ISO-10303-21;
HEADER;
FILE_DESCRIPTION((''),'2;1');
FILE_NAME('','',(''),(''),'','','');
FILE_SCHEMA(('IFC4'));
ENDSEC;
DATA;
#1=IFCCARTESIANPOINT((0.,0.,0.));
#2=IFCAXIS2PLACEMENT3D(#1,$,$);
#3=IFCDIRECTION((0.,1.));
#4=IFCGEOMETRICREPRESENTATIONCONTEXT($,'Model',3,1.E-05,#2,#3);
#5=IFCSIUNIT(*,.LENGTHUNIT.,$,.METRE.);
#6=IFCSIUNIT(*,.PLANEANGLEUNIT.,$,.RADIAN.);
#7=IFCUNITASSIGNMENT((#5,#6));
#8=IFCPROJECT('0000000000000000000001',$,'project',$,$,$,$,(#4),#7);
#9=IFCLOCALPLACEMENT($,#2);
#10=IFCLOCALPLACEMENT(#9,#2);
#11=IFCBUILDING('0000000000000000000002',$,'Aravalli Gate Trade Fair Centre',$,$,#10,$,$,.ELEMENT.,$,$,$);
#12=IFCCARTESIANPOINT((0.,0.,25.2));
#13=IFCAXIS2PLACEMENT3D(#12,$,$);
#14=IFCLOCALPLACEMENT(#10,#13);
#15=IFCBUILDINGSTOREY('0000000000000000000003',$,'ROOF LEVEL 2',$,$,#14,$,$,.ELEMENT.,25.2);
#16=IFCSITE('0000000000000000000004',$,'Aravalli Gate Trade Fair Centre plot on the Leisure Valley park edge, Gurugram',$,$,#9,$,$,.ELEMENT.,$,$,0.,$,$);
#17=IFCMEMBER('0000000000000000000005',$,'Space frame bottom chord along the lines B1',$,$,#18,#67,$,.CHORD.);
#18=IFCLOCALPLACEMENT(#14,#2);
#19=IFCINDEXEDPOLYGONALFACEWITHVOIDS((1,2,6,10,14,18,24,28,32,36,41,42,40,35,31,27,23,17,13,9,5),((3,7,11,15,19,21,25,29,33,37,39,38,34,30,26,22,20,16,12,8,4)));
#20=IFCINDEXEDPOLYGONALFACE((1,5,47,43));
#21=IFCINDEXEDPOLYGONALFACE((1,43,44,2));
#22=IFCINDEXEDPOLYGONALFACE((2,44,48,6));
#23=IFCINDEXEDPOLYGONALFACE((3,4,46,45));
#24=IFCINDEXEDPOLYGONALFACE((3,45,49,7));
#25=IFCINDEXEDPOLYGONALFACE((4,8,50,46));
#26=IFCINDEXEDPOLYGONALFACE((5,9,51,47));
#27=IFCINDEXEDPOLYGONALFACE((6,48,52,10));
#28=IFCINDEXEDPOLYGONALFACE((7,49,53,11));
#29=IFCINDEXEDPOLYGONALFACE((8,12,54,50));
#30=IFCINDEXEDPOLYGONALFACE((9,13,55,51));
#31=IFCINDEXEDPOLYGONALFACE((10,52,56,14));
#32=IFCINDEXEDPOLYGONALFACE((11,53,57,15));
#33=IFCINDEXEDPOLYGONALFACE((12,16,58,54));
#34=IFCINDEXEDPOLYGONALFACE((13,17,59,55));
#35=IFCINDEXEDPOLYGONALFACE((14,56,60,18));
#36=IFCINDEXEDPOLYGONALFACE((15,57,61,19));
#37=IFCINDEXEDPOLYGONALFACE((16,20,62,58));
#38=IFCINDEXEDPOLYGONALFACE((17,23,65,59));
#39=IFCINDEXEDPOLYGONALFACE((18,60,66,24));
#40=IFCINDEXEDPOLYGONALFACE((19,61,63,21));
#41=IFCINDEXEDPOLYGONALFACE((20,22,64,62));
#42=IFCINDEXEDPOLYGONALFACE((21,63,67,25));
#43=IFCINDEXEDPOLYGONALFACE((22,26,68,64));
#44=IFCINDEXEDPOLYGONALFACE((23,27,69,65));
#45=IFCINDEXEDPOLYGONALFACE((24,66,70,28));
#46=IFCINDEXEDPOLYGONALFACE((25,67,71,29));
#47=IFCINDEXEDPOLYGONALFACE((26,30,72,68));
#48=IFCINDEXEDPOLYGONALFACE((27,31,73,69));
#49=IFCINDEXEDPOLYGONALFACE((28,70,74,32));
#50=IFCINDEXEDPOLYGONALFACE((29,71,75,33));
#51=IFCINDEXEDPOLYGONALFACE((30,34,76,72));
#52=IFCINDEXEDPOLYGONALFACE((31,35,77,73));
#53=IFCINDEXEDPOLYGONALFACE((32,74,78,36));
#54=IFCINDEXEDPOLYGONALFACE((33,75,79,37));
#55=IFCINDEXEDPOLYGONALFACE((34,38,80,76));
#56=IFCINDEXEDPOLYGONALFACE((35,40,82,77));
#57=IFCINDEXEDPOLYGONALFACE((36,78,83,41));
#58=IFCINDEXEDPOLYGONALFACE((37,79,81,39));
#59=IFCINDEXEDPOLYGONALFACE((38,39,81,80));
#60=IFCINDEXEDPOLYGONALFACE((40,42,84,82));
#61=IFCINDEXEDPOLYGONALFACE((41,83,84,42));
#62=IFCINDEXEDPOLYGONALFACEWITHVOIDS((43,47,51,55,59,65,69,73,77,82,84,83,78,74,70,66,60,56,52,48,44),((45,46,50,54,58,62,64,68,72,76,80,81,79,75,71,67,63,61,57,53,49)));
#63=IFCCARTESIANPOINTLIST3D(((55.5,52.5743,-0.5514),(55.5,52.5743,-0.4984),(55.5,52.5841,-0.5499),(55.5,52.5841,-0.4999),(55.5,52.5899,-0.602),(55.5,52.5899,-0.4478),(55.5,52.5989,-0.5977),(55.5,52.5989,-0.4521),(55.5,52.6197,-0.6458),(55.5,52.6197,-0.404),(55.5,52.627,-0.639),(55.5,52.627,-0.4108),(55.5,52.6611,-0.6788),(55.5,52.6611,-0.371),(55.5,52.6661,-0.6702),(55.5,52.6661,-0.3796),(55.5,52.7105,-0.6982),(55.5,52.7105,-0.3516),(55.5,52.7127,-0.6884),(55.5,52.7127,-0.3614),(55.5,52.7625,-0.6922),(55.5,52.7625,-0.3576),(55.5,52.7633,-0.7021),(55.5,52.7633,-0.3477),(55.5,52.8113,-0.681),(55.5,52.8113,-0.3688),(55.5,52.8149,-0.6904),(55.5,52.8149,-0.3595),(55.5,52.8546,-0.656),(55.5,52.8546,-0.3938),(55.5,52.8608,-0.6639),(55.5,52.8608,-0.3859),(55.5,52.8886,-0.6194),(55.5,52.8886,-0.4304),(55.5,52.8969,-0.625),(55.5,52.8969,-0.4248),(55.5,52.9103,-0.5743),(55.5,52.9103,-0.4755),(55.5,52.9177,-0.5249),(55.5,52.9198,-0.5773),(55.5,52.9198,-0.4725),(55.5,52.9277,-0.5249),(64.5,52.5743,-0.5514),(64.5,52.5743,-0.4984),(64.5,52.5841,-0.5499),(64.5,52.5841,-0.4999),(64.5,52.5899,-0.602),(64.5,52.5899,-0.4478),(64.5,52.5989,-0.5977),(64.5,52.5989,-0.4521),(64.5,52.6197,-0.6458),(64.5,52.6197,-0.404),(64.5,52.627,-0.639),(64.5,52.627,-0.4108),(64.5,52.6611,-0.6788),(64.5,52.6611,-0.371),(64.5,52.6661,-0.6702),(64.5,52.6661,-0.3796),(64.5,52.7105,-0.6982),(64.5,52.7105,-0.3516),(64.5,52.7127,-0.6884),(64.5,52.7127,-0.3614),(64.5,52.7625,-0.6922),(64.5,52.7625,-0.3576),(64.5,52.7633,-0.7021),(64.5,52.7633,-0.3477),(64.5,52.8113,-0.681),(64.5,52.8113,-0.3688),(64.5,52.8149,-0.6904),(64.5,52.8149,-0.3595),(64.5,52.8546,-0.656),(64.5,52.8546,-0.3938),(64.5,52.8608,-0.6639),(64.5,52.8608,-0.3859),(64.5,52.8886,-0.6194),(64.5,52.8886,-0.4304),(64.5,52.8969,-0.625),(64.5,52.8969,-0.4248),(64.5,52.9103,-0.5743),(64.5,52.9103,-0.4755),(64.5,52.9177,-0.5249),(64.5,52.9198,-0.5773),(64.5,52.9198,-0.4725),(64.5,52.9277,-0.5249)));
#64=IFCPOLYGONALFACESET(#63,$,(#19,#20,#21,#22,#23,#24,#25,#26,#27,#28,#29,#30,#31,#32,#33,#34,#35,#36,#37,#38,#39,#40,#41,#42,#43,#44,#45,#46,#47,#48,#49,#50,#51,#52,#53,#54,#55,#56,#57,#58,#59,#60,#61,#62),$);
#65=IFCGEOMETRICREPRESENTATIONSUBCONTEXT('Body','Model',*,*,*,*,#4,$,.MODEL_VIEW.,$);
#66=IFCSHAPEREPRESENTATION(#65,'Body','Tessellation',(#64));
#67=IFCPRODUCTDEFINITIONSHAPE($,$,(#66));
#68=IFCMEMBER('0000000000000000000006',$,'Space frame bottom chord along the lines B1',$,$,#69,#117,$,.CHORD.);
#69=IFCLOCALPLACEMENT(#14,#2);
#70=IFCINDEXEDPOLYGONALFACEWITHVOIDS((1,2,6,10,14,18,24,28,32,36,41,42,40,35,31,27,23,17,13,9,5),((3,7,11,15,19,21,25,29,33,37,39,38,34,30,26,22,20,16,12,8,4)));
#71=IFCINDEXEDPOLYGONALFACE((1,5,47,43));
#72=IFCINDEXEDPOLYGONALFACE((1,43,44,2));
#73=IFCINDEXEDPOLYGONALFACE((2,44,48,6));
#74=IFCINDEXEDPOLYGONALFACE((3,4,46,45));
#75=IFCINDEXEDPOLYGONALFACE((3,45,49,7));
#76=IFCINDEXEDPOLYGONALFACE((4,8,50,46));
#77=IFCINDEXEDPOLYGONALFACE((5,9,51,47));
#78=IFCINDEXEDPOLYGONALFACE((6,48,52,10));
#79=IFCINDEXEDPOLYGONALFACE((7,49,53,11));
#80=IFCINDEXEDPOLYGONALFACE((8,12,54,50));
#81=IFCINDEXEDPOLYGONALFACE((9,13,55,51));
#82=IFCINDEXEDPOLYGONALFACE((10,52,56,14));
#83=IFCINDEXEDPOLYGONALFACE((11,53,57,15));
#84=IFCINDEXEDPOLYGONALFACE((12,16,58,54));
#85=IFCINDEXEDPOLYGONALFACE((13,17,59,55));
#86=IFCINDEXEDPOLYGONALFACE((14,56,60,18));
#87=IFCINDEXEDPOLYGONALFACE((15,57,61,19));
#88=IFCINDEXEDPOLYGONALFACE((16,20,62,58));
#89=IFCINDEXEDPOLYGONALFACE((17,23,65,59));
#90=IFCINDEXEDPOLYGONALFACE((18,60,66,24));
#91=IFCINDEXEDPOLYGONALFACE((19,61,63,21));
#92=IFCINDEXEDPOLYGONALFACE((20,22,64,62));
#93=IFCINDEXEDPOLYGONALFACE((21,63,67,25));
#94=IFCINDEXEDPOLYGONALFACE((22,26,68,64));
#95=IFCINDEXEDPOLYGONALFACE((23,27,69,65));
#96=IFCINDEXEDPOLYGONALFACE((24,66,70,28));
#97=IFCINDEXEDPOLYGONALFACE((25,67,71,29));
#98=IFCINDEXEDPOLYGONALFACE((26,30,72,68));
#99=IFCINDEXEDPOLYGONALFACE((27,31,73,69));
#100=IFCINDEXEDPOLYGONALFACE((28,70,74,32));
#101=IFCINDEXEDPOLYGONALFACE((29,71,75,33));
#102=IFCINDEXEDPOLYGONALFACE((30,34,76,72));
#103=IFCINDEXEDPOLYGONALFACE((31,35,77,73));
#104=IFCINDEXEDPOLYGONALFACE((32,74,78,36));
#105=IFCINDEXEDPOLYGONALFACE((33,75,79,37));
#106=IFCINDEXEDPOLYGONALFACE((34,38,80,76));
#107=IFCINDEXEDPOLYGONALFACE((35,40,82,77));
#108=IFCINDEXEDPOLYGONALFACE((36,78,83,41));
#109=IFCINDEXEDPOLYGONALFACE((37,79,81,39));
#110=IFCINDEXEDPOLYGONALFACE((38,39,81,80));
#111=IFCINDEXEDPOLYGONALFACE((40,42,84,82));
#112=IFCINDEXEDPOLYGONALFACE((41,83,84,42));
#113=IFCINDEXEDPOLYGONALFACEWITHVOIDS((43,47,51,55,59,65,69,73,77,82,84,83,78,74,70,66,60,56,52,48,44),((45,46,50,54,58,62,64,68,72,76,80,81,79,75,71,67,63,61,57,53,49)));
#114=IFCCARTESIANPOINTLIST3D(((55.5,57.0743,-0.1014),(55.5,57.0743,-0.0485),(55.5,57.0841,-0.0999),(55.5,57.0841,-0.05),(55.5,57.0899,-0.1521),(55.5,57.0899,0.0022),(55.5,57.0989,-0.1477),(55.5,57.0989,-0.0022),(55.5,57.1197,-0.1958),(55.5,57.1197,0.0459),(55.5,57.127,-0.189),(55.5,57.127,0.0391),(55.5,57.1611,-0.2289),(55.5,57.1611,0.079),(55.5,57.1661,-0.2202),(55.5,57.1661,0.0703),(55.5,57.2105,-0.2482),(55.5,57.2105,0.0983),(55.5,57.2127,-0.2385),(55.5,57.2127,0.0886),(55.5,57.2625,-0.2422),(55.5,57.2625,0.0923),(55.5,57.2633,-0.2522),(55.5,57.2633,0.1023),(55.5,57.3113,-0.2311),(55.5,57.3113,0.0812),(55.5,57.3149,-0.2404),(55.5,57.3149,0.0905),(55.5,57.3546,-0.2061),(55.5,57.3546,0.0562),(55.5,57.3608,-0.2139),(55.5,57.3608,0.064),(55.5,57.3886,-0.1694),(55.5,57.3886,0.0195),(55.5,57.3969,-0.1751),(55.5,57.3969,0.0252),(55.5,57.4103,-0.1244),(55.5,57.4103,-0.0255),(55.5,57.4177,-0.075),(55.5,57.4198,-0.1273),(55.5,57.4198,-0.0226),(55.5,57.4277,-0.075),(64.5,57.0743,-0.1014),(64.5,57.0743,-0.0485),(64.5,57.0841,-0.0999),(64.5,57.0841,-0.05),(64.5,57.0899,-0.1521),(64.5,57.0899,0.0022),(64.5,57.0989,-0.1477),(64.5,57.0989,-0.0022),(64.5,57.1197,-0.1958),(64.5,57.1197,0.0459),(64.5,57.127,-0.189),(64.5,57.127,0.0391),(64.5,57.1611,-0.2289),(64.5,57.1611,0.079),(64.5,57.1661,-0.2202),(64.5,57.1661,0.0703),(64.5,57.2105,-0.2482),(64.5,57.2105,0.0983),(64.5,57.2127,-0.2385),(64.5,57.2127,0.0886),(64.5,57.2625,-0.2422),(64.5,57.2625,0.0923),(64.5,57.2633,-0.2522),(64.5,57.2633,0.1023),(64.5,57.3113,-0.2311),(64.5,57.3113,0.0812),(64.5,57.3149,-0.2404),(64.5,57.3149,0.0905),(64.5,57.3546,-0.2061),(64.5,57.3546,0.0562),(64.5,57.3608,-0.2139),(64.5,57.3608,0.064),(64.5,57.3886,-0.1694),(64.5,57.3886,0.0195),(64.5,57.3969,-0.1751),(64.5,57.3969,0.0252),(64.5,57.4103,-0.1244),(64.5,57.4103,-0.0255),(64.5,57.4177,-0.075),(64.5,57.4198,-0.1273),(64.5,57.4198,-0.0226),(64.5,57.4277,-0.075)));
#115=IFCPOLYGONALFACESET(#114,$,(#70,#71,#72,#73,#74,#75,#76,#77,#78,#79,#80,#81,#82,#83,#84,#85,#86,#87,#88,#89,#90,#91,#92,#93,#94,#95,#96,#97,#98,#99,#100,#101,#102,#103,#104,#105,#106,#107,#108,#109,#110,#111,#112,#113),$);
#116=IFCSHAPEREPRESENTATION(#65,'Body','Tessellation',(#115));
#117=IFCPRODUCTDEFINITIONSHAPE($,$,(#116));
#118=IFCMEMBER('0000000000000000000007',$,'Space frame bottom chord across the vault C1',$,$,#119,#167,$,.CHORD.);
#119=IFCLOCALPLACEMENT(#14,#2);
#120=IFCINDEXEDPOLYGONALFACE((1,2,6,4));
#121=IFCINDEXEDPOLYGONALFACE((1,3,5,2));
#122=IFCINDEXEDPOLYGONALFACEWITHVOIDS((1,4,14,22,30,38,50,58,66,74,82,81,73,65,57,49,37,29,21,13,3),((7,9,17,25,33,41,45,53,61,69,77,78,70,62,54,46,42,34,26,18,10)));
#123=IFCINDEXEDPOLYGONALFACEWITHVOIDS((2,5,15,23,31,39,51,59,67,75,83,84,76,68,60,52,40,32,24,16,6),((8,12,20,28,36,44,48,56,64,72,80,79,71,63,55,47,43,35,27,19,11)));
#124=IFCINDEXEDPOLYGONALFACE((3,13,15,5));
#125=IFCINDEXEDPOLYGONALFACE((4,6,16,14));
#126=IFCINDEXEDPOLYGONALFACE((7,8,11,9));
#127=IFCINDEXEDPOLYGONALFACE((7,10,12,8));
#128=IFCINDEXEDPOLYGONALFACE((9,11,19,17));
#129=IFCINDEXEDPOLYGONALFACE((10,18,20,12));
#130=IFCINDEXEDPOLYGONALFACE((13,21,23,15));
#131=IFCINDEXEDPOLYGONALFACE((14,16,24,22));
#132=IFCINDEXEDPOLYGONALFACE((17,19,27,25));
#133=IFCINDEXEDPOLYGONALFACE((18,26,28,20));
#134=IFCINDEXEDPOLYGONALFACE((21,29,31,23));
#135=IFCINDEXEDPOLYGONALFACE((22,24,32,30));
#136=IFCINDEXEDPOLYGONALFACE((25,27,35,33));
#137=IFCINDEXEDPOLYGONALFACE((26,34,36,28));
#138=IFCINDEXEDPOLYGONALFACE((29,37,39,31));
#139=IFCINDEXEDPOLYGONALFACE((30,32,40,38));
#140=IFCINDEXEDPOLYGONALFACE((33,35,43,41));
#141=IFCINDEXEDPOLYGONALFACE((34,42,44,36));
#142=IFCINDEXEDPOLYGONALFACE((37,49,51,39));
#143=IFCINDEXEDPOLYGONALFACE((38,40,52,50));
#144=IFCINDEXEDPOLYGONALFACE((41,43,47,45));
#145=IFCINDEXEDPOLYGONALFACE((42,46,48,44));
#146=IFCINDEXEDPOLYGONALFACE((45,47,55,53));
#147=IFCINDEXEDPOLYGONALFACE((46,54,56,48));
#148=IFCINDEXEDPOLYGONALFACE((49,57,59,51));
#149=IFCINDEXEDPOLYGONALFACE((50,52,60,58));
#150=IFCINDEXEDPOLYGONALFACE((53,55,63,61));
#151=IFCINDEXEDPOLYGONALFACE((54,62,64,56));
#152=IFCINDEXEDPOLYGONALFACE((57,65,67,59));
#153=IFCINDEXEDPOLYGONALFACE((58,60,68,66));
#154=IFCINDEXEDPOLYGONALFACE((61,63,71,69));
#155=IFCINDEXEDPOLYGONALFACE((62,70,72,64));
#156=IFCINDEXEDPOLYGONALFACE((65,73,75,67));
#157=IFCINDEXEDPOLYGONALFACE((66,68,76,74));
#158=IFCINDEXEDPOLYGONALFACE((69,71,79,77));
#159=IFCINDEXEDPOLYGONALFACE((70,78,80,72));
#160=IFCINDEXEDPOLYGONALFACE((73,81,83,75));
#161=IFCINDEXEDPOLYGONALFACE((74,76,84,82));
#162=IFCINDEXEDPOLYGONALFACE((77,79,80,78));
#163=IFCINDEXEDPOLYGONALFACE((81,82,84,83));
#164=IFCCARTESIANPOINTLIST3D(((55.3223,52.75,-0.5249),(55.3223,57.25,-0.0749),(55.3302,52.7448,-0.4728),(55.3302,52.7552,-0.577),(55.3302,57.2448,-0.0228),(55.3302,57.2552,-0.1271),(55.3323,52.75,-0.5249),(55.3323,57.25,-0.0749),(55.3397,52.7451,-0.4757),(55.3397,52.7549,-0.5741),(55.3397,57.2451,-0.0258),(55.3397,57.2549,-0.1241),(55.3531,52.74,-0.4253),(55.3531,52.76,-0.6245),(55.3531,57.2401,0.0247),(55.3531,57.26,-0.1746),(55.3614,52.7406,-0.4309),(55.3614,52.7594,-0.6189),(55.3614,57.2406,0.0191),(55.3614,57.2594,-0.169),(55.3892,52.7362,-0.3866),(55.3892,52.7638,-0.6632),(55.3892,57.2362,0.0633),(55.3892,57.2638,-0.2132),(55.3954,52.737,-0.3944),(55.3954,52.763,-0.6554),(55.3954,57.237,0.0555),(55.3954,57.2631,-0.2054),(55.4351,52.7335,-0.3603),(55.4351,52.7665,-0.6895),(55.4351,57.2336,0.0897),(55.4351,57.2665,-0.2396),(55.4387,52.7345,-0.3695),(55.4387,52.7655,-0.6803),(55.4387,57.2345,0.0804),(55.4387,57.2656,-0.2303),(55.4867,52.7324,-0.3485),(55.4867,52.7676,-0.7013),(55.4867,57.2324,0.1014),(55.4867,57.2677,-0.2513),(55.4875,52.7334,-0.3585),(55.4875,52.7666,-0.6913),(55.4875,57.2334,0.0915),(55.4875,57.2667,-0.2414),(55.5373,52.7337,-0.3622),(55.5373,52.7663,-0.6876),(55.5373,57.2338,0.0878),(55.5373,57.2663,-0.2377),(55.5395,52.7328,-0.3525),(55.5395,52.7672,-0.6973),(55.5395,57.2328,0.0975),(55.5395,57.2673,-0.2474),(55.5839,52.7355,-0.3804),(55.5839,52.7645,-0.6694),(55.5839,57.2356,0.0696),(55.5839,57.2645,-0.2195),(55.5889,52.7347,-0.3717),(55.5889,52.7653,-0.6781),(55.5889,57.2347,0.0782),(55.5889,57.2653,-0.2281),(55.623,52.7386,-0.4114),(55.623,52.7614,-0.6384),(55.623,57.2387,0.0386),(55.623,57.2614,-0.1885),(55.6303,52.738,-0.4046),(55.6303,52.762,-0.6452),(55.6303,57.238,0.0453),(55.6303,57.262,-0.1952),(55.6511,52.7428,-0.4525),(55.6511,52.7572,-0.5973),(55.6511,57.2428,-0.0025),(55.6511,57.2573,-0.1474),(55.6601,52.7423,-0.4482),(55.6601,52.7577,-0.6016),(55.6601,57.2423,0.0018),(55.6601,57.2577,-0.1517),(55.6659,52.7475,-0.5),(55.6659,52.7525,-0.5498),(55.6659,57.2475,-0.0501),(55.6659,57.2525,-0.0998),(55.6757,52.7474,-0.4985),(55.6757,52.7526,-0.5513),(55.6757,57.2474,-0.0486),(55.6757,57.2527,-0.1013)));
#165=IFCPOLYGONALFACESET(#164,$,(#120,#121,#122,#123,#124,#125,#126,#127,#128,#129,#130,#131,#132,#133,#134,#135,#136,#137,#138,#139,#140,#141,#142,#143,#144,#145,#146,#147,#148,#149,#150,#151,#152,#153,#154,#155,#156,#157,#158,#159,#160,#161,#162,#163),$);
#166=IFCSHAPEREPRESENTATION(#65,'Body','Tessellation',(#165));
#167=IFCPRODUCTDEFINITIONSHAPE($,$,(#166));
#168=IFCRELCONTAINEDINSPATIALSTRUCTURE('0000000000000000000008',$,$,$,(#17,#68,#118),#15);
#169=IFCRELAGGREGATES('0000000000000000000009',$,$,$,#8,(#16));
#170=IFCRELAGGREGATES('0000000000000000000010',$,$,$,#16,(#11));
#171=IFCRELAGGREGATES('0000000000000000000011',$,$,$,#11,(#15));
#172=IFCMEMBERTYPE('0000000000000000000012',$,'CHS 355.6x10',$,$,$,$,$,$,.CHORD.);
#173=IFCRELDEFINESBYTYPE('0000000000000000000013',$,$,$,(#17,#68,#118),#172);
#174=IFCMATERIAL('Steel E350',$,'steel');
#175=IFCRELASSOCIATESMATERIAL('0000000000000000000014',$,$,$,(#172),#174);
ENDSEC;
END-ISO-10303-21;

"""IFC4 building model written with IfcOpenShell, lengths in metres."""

from ifc_helpers import new_model, si_unit, direction, frame, origin, origin_2d, place, context, subcontext, project, spatial, hollow_circle, extrude, material, material_profile, profile_set, type_object, element, save


model = new_model("IFC4")

# Units and contexts
model_context = context("Model", 3, precision=1e-05, world=origin(), true_north=direction((0.0, 1.0)))
body_context = subcontext(model_context, "Body", "Model", "MODEL_VIEW")
ifc_project = project(units=[si_unit("LENGTHUNIT", "METRE"), si_unit("PLANEANGLEUNIT", "RADIAN")], contexts=[model_context])

# Site, building, storey
site_placement = place(None, origin())
site = spatial("IfcSite", under=ifc_project, at=site_placement, Name="Aravalli Gate Trade Fair Centre plot on the Leisure Valley park edge, Gurugram", CompositionType="ELEMENT", RefElevation=0.0)
building_placement = place(site_placement, origin())
building = spatial("IfcBuilding", under=site, at=building_placement, Name="Aravalli Gate Trade Fair Centre", CompositionType="ELEMENT")
storey_placement = place(building_placement, frame((0.0, 0.0, 25.2)))
storey = spatial("IfcBuildingStorey", under=building, at=storey_placement, Name="ROOF LEVEL 2", CompositionType="ELEMENT", Elevation=25.2)

# Members
ifc_material = material(Name="Steel E350", Category="steel")
ifc_material_profile_1 = material_profile(ifc_material, hollow_circle(Radius=0.1777, WallThickness=0.01, at=origin_2d()), Name="CHS 355.6x10")
ifc_profile_set_1 = profile_set([ifc_material_profile_1], Name="Steel E350")
member_type_1 = type_object("IfcMemberType", Name="CHS 355.6x10", PredefinedType="CHORD", material=ifc_profile_set_1)
for number, where, z_axis, x_axis, name in (
    (1, (55.5, 52.75, -0.5249), (1.0, 0.0, 0.0), (0.0, 1.0, 0.0), "Space frame bottom chord along the lines B1"),
    (2, (55.5, 57.25, -0.075), (1.0, 0.0, 0.0), (0.0, 1.0, 0.0), "Space frame bottom chord along the lines B1"),
):
    element("IfcMember", number, at=place(storey_placement, frame(where, z_axis=z_axis, x_axis=x_axis)), inside=storey, type_object=member_type_1, Name=name, PredefinedType="CHORD", context=body_context, shape_type="SweptSolid", body=[
        extrude(hollow_circle(Radius=0.1777, WallThickness=0.01, at=origin_2d()), origin(), (0.0, 0.0, 1.0), 9.0),
    ])
member_1_placement = place(storey_placement, frame((55.5, 52.75, -0.5249), z_axis=(0.0, 0.995038, 0.099493), x_axis=(-1.0, 0.0, 0.0)))
element("IfcMember", 3, at=member_1_placement, inside=storey, type_object=member_type_1, Name="Space frame bottom chord across the vault C1", PredefinedType="CHORD", context=body_context, shape_type="SweptSolid", body=[
    extrude(hollow_circle(Radius=0.1777, WallThickness=0.01, at=origin_2d()), origin(), (0.0, 0.0, 1.0), 4.5225),
])

save(model, "model.ifc")
